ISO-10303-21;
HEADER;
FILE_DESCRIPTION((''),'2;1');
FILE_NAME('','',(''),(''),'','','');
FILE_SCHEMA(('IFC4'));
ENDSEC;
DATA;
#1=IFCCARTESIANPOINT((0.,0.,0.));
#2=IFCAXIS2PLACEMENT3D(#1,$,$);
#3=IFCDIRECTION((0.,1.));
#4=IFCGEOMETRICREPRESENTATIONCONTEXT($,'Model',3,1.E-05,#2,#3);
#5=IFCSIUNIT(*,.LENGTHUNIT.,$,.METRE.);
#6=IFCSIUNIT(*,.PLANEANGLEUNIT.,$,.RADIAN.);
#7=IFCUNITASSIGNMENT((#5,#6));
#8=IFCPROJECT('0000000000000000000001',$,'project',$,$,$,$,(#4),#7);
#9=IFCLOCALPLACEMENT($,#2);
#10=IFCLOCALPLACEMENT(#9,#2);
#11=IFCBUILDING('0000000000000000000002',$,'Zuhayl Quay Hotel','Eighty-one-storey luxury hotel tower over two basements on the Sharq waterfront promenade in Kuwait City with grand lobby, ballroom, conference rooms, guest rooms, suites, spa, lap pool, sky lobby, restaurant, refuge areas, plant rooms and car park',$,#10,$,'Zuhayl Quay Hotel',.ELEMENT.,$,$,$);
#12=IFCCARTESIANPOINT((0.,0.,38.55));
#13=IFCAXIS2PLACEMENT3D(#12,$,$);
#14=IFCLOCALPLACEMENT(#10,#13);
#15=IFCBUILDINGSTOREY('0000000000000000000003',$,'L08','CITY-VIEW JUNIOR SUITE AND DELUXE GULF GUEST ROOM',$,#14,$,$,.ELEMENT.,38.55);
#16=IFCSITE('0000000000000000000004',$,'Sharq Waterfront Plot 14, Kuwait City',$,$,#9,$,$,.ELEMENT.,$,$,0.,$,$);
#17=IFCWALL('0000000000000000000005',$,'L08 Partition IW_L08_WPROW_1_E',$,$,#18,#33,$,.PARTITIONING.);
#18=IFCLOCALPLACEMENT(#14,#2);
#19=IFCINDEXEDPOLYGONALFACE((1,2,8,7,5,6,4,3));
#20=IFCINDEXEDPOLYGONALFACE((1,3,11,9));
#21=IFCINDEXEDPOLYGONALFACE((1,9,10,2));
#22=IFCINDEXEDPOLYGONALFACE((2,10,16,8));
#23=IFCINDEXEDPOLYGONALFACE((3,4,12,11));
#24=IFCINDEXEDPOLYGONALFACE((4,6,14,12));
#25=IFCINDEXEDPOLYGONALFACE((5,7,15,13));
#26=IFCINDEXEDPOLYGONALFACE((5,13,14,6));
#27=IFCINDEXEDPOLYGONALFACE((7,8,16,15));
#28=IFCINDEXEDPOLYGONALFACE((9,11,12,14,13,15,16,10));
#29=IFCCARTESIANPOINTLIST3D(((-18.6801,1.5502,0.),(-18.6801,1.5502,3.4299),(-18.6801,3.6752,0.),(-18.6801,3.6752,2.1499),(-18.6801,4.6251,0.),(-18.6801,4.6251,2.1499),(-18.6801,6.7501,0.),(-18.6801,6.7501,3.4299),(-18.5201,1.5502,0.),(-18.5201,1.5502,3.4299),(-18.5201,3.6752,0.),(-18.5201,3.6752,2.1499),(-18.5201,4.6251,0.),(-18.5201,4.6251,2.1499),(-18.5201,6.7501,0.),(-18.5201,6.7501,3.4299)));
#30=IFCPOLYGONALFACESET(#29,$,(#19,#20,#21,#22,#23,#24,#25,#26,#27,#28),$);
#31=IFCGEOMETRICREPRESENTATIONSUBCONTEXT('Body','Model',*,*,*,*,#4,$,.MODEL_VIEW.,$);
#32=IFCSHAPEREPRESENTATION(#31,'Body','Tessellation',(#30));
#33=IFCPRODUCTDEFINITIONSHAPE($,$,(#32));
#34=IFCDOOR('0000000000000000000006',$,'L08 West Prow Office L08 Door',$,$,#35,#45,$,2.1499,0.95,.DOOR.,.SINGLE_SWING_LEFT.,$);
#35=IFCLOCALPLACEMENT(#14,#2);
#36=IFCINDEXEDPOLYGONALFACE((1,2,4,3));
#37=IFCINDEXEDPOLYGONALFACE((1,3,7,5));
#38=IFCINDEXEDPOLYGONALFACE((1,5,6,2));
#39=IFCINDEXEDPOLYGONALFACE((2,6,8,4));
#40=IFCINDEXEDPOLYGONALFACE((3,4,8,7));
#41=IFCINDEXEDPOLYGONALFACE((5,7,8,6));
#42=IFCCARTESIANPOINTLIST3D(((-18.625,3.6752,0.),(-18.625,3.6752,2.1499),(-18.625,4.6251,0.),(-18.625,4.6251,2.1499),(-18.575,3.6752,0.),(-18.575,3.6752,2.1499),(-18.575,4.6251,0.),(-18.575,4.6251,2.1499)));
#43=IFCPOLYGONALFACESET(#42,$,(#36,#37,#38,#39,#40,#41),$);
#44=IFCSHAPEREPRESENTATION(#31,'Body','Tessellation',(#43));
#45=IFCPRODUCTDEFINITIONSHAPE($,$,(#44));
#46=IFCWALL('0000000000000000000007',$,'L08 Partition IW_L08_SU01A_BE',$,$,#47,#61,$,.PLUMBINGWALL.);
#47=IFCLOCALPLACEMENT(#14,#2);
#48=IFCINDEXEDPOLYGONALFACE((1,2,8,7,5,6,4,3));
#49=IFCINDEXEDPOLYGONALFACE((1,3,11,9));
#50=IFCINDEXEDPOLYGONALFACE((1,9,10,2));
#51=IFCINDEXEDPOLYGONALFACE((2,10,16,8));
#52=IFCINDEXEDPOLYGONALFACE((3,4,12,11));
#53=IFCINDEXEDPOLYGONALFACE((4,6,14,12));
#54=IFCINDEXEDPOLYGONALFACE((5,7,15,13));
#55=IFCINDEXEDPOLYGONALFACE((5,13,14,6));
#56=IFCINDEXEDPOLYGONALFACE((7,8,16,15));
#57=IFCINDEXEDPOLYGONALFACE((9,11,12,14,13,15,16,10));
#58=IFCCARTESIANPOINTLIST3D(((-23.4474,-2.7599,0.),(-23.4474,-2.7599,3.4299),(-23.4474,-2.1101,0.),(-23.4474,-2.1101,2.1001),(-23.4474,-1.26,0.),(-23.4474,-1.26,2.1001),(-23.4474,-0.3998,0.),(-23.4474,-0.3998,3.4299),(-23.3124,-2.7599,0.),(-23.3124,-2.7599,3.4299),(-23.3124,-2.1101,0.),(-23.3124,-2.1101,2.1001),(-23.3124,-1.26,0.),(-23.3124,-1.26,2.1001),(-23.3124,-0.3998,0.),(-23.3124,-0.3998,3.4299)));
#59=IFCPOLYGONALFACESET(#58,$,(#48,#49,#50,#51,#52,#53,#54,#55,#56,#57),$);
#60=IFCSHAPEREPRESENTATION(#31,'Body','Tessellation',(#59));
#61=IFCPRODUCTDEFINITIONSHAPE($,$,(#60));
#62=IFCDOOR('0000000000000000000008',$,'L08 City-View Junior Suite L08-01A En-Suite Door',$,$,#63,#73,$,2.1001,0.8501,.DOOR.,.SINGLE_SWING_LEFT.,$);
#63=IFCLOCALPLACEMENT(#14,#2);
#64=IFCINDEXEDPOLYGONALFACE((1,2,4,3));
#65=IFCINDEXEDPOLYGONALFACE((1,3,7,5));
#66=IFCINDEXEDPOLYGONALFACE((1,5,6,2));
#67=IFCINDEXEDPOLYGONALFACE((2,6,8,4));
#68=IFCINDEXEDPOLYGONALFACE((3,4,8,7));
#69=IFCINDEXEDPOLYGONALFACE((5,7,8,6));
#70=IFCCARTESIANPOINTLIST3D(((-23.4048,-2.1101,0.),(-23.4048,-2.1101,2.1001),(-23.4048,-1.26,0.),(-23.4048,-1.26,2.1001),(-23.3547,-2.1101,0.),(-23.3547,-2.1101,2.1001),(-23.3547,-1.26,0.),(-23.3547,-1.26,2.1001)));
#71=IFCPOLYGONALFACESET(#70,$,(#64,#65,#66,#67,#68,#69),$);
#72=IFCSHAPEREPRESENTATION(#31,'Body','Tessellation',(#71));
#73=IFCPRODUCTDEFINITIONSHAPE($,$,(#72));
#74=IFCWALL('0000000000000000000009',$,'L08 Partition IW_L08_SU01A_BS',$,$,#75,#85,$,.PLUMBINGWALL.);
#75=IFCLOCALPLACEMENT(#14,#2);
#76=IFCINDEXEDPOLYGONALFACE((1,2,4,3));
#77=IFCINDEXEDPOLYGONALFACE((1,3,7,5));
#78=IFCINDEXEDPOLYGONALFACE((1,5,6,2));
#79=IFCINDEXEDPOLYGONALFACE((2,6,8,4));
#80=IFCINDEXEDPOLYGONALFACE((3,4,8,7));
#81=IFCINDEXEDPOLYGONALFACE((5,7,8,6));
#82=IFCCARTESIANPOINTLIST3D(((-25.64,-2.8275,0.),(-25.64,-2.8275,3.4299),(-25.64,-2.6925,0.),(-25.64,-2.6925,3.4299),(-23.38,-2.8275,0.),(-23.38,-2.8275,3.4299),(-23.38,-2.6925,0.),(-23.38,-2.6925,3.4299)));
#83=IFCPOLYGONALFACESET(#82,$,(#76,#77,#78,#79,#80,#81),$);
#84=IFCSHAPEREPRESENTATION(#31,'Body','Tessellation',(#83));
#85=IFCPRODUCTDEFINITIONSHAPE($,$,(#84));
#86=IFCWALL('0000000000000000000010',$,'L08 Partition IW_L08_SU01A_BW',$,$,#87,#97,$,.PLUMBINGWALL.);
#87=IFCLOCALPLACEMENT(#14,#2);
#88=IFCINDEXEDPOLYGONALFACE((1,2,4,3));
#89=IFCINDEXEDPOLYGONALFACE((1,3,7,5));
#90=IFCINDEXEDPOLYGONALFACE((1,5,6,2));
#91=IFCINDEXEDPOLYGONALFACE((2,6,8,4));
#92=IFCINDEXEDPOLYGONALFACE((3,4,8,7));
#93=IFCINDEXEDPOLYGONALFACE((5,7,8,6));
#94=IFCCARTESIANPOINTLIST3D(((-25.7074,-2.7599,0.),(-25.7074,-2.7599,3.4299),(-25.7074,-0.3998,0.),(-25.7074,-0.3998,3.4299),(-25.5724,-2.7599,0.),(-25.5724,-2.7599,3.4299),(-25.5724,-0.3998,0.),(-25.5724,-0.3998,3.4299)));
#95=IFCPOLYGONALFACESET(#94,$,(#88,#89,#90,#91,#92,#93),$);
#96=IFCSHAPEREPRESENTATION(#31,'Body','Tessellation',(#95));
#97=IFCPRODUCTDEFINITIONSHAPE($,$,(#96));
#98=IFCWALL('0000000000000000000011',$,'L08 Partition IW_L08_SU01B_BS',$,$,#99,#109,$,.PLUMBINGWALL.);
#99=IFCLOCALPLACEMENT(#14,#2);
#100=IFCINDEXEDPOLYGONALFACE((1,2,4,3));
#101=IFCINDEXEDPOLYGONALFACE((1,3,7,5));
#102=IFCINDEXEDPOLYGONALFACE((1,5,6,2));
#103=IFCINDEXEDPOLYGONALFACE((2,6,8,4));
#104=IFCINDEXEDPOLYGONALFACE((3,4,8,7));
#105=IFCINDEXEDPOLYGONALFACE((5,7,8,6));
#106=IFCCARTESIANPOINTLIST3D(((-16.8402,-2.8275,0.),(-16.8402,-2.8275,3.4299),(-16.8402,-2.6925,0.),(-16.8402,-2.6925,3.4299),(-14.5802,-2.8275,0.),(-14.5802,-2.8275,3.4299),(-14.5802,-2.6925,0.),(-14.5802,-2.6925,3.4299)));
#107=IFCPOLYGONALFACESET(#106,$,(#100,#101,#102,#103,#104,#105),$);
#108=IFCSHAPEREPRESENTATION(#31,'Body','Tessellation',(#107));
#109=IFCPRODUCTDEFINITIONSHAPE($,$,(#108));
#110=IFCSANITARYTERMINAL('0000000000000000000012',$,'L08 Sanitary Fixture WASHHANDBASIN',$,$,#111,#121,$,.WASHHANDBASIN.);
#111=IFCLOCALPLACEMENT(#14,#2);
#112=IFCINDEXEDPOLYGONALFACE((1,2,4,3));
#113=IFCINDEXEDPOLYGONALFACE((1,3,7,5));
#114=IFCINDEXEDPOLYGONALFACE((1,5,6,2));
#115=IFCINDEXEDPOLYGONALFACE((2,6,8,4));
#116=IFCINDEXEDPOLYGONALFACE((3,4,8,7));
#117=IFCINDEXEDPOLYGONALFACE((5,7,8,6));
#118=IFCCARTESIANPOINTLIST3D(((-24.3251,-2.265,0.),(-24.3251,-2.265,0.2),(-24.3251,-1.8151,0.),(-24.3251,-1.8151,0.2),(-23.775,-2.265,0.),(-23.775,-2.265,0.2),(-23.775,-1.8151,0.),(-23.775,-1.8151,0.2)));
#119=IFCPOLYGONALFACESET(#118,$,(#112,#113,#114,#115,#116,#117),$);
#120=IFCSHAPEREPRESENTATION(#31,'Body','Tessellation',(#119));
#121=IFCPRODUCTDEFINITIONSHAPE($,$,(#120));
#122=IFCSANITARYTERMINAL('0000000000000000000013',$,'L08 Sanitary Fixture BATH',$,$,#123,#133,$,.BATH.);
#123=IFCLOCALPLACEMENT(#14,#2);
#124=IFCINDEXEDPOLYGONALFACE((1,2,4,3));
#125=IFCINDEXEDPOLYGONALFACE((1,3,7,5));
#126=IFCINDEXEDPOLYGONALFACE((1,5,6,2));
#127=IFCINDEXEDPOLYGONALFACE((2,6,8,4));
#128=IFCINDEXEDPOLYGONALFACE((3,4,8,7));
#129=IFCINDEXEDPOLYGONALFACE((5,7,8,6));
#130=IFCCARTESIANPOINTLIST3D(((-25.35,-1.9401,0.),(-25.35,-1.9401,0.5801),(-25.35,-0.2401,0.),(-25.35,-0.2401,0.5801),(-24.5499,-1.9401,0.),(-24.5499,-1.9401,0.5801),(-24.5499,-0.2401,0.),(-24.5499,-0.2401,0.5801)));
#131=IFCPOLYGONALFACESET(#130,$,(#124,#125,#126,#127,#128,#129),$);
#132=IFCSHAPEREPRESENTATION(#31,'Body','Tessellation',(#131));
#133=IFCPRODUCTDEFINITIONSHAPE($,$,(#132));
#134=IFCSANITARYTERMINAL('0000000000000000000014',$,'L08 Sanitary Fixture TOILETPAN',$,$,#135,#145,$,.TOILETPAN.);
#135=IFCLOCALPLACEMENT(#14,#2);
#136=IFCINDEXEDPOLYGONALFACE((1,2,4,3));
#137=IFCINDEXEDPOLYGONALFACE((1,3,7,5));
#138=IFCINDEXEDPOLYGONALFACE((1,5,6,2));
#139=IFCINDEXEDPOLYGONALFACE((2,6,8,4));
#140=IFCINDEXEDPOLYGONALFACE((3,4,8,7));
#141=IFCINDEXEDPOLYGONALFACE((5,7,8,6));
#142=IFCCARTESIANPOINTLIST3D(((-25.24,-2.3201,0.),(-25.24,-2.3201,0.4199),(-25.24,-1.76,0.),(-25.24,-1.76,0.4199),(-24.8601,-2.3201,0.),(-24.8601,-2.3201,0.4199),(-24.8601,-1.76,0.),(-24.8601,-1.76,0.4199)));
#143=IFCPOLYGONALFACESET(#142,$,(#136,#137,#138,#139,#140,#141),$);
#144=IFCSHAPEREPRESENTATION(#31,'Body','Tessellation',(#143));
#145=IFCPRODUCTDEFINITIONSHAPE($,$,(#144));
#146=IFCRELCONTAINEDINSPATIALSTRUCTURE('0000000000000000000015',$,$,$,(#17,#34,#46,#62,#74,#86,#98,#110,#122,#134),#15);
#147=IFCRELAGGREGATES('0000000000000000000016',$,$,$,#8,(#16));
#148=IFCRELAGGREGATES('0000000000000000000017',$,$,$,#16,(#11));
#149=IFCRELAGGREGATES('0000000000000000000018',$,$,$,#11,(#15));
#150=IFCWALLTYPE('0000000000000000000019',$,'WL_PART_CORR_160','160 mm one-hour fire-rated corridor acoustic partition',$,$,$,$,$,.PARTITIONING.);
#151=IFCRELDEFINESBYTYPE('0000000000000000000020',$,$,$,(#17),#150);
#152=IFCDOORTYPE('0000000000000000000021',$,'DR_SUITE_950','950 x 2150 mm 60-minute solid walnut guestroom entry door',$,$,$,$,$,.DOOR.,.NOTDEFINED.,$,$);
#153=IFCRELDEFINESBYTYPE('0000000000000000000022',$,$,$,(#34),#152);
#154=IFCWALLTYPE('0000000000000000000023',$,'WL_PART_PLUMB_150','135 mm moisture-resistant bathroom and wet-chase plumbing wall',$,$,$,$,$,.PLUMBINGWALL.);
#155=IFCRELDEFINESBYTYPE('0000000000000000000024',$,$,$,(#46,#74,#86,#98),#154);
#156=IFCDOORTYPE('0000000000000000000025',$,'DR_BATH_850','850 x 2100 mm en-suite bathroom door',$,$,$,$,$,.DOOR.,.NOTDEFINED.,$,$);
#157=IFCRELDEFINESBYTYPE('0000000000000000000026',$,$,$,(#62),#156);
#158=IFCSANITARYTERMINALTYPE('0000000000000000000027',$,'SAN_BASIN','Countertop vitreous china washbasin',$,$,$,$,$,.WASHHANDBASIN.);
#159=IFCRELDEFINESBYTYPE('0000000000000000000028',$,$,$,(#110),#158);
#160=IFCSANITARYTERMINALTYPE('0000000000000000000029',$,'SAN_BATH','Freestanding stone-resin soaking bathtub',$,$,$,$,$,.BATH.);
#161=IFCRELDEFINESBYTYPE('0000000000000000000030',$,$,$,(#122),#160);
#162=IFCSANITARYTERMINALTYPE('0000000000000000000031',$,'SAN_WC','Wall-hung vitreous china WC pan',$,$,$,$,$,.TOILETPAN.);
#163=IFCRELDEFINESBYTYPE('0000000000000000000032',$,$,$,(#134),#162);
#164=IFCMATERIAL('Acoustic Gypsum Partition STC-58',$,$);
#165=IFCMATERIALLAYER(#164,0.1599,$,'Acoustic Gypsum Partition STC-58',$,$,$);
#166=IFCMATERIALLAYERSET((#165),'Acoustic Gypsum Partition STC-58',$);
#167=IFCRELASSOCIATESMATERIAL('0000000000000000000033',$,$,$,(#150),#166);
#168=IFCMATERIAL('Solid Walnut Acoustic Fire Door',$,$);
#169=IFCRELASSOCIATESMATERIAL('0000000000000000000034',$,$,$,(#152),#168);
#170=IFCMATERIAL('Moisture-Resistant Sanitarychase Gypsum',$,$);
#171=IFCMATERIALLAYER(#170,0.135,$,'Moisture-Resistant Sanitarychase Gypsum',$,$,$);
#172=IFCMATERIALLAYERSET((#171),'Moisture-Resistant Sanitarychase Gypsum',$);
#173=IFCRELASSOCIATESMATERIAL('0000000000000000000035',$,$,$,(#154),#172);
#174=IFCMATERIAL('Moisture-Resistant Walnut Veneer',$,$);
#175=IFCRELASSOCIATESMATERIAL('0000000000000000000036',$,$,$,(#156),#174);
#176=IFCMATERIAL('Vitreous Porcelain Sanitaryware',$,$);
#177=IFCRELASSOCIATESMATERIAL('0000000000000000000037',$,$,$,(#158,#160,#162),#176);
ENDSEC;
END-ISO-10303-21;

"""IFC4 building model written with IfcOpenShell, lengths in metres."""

from ifc_helpers import new_model, si_unit, direction, frame, frame_2d, origin, origin_2d, place, context, subcontext, project, spatial, rectangle, extrude, material, layer, layer_set, type_object, element, fill, save


model = new_model("IFC4")

# Units and contexts
model_context = context("Model", 3, precision=1e-05, world=origin(), true_north=direction((0.0, 1.0)))
body_context = subcontext(model_context, "Body", "Model", "MODEL_VIEW")
ifc_project = project(units=[si_unit("LENGTHUNIT", "METRE"), si_unit("PLANEANGLEUNIT", "RADIAN")], contexts=[model_context])

# Site, building, storey
site_placement = place(None, origin())
site = spatial("IfcSite", under=ifc_project, at=site_placement, Name="Sharq Waterfront Plot 14, Kuwait City", CompositionType="ELEMENT", RefElevation=0.0)
building_placement = place(site_placement, origin())
building = spatial("IfcBuilding", under=site, at=building_placement, Name="Zuhayl Quay Hotel", Description="Eighty-one-storey luxury hotel tower over two basements on the Sharq waterfront promenade in Kuwait City with grand lobby, ballroom, conference rooms, guest rooms, suites, spa, lap pool, sky lobby, restaurant, refuge areas, plant rooms and car park", LongName="Zuhayl Quay Hotel", CompositionType="ELEMENT")
storey_placement = place(building_placement, frame((0.0, 0.0, 38.55)))
storey = spatial("IfcBuildingStorey", under=building, at=storey_placement, Name="L08", Description="CITY-VIEW JUNIOR SUITE AND DELUXE GULF GUEST ROOM", CompositionType="ELEMENT", Elevation=38.55)

# Shared definitions
ifc_material_1 = material(Name="Acoustic Gypsum Partition STC-58")

# Walls, openings, doors
ifc_layer_1 = layer(ifc_material_1, 0.1599, Name="Acoustic Gypsum Partition STC-58")
ifc_layer_set_1 = layer_set([ifc_layer_1], Name="Acoustic Gypsum Partition STC-58")
wall_type_1 = type_object("IfcWallType", Name="WL_PART_CORR_160", Description="160 mm one-hour fire-rated corridor acoustic partition", PredefinedType="PARTITIONING", material=ifc_layer_set_1)
ifc_material_2 = material(Name="Solid Walnut Acoustic Fire Door")
wall_1_placement = place(storey_placement, frame((-18.6001, 1.55, 0.0), z_axis=(0.0, 0.0, 1.0), x_axis=(0.0, 1.0, 0.0)))
wall_1 = element("IfcWall", 1, at=wall_1_placement, inside=storey, type_object=wall_type_1, Name="L08 Partition IW_L08_WPROW_1_E", PredefinedType="PARTITIONING", context=body_context, shape_type="SweptSolid", body=[
    extrude(rectangle(XDim=5.2, YDim=0.1599, at=frame_2d((2.6001, 0.0))), origin(), (0.0, 0.0, 1.0), 3.4299),
])
opening_1_placement = place(wall_1_placement, frame((2.125, 0.0, 0.0)))
opening_1 = element("IfcOpeningElement", 2, at=opening_1_placement, cuts=wall_1, PredefinedType="OPENING", context=body_context, shape_type="SweptSolid", body=[
    extrude(rectangle(XDim=0.95, YDim=2.1499, at=frame_2d((0.4751, 1.075))), frame((0.0, 0.0898, 0.0), z_axis=(0.0, -1.0, 0.0), x_axis=(1.0, 0.0, 0.0)), (0.0, 0.0, 1.0), 0.1799),
])
door_type_1 = type_object("IfcDoorType", Name="DR_SUITE_950", Description="950 x 2150 mm 60-minute solid walnut guestroom entry door", OperationType="NOTDEFINED", PredefinedType="DOOR", material=ifc_material_2)
door_1_placement = place(opening_1_placement, origin())
door_1 = element("IfcDoor", 3, at=door_1_placement, inside=storey, type_object=door_type_1, Name="L08 West Prow Office L08 Door", OperationType="SINGLE_SWING_LEFT", OverallHeight=2.1499, OverallWidth=0.95, PredefinedType="DOOR", context=body_context, shape_type="SweptSolid", body=[
    extrude(rectangle(XDim=0.95, YDim=2.1499, at=frame_2d((0.4751, 1.075))), frame((0.0, 0.0249, 0.0), z_axis=(0.0, -1.0, 0.0), x_axis=(1.0, 0.0, 0.0)), (0.0, 0.0, 1.0), 0.05),
])
fill(opening_1, door_1)
ifc_material_3 = material(Name="Moisture-Resistant Sanitarychase Gypsum")
ifc_layer_2 = layer(ifc_material_3, 0.135, Name="Moisture-Resistant Sanitarychase Gypsum")
ifc_layer_set_2 = layer_set([ifc_layer_2], Name="Moisture-Resistant Sanitarychase Gypsum")
wall_type_2 = type_object("IfcWallType", Name="WL_PART_PLUMB_150", Description="135 mm moisture-resistant bathroom and wet-chase plumbing wall", PredefinedType="PLUMBINGWALL", material=ifc_layer_set_2)
wall_2_placement = place(storey_placement, frame((-23.3799, -2.76, 0.0), z_axis=(0.0, 0.0, 1.0), x_axis=(0.0, 1.0, 0.0)))
wall_2 = element("IfcWall", 4, at=wall_2_placement, inside=storey, type_object=wall_type_2, Name="L08 Partition IW_L08_SU01A_BE", PredefinedType="PLUMBINGWALL", context=body_context, shape_type="SweptSolid", body=[
    extrude(rectangle(XDim=2.3601, YDim=0.135, at=frame_2d((1.1802, 0.0))), origin(), (0.0, 0.0, 1.0), 3.4299),
])
opening_2_placement = place(wall_2_placement, frame((0.6499, 0.0, 0.0)))
opening_2 = element("IfcOpeningElement", 5, at=opening_2_placement, cuts=wall_2, PredefinedType="OPENING", context=body_context, shape_type="SweptSolid", body=[
    extrude(rectangle(XDim=0.8501, YDim=2.1001, at=frame_2d((0.425, 1.05))), frame((0.0, 0.0774, 0.0), z_axis=(0.0, -1.0, 0.0), x_axis=(1.0, 0.0, 0.0)), (0.0, 0.0, 1.0), 0.155),
])
ifc_material_4 = material(Name="Moisture-Resistant Walnut Veneer")
door_type_2 = type_object("IfcDoorType", Name="DR_BATH_850", Description="850 x 2100 mm en-suite bathroom door", OperationType="NOTDEFINED", PredefinedType="DOOR", material=ifc_material_4)
door_2_placement = place(opening_2_placement, origin())
door_2 = element("IfcDoor", 6, at=door_2_placement, inside=storey, type_object=door_type_2, Name="L08 City-View Junior Suite L08-01A En-Suite Door", OperationType="SINGLE_SWING_LEFT", OverallHeight=2.1001, OverallWidth=0.8501, PredefinedType="DOOR", context=body_context, shape_type="SweptSolid", body=[
    extrude(rectangle(XDim=0.8501, YDim=2.1001, at=frame_2d((0.425, 1.05))), frame((0.0, 0.0249, 0.0), z_axis=(0.0, -1.0, 0.0), x_axis=(1.0, 0.0, 0.0)), (0.0, 0.0, 1.0), 0.05),
])
fill(opening_2, door_2)

# Walls
wall_3_placement = place(storey_placement, frame((-25.6399, -2.76, 0.0), z_axis=(0.0, 0.0, 1.0), x_axis=(1.0, 0.0, 0.0)))
element("IfcWall", 7, at=wall_3_placement, inside=storey, type_object=wall_type_2, Name="L08 Partition IW_L08_SU01A_BS", PredefinedType="PLUMBINGWALL", context=body_context, shape_type="SweptSolid", body=[
    extrude(rectangle(XDim=2.26, YDim=0.135, at=frame_2d((1.1299, 0.0))), origin(), (0.0, 0.0, 1.0), 3.4299),
])
wall_4_placement = place(storey_placement, frame((-25.6399, -2.76, 0.0), z_axis=(0.0, 0.0, 1.0), x_axis=(0.0, 1.0, 0.0)))
element("IfcWall", 8, at=wall_4_placement, inside=storey, type_object=wall_type_2, Name="L08 Partition IW_L08_SU01A_BW", PredefinedType="PLUMBINGWALL", context=body_context, shape_type="SweptSolid", body=[
    extrude(rectangle(XDim=2.3601, YDim=0.135, at=frame_2d((1.1802, 0.0))), origin(), (0.0, 0.0, 1.0), 3.4299),
])
wall_5_placement = place(storey_placement, frame((-16.8401, -2.76, 0.0), z_axis=(0.0, 0.0, 1.0), x_axis=(1.0, 0.0, 0.0)))
element("IfcWall", 9, at=wall_5_placement, inside=storey, type_object=wall_type_2, Name="L08 Partition IW_L08_SU01B_BS", PredefinedType="PLUMBINGWALL", context=body_context, shape_type="SweptSolid", body=[
    extrude(rectangle(XDim=2.26, YDim=0.135, at=frame_2d((1.1299, 0.0))), origin(), (0.0, 0.0, 1.0), 3.4299),
])

# Sanitary terminals
ifc_material_5 = material(Name="Vitreous Porcelain Sanitaryware")
sanitary_terminal_type_1 = type_object("IfcSanitaryTerminalType", Name="SAN_BASIN", Description="Countertop vitreous china washbasin", PredefinedType="WASHHANDBASIN", material=ifc_material_5)
sanitary_terminal_1_placement = place(storey_placement, frame((-24.05, -2.04, 0.0), z_axis=(0.0, 0.0, 1.0), x_axis=(1.0, 0.0, 0.0)))
element("IfcSanitaryTerminal", 10, at=sanitary_terminal_1_placement, inside=storey, type_object=sanitary_terminal_type_1, Name="L08 Sanitary Fixture WASHHANDBASIN", PredefinedType="WASHHANDBASIN", context=body_context, shape_type="SweptSolid", body=[
    extrude(rectangle(XDim=0.55, YDim=0.45, at=origin_2d()), origin(), (0.0, 0.0, 1.0), 0.2),
])
sanitary_terminal_type_2 = type_object("IfcSanitaryTerminalType", Name="SAN_BATH", Description="Freestanding stone-resin soaking bathtub", PredefinedType="BATH", material=ifc_material_5)
sanitary_terminal_2_placement = place(storey_placement, frame((-24.95, -1.0901, 0.0), z_axis=(0.0, 0.0, 1.0), x_axis=(1.0, 0.0, 0.0)))
element("IfcSanitaryTerminal", 11, at=sanitary_terminal_2_placement, inside=storey, type_object=sanitary_terminal_type_2, Name="L08 Sanitary Fixture BATH", PredefinedType="BATH", context=body_context, shape_type="SweptSolid", body=[
    extrude(rectangle(XDim=0.8, YDim=1.7, at=origin_2d()), origin(), (0.0, 0.0, 1.0), 0.5801),
])
sanitary_terminal_type_3 = type_object("IfcSanitaryTerminalType", Name="SAN_WC", Description="Wall-hung vitreous china WC pan", PredefinedType="TOILETPAN", material=ifc_material_5)
sanitary_terminal_3_placement = place(storey_placement, frame((-25.05, -2.04, 0.0), z_axis=(0.0, 0.0, 1.0), x_axis=(1.0, 0.0, 0.0)))
element("IfcSanitaryTerminal", 12, at=sanitary_terminal_3_placement, inside=storey, type_object=sanitary_terminal_type_3, Name="L08 Sanitary Fixture TOILETPAN", PredefinedType="TOILETPAN", context=body_context, shape_type="SweptSolid", body=[
    extrude(rectangle(XDim=0.3799, YDim=0.5601, at=origin_2d()), origin(), (0.0, 0.0, 1.0), 0.4199),
])

save(model, "model.ifc")
